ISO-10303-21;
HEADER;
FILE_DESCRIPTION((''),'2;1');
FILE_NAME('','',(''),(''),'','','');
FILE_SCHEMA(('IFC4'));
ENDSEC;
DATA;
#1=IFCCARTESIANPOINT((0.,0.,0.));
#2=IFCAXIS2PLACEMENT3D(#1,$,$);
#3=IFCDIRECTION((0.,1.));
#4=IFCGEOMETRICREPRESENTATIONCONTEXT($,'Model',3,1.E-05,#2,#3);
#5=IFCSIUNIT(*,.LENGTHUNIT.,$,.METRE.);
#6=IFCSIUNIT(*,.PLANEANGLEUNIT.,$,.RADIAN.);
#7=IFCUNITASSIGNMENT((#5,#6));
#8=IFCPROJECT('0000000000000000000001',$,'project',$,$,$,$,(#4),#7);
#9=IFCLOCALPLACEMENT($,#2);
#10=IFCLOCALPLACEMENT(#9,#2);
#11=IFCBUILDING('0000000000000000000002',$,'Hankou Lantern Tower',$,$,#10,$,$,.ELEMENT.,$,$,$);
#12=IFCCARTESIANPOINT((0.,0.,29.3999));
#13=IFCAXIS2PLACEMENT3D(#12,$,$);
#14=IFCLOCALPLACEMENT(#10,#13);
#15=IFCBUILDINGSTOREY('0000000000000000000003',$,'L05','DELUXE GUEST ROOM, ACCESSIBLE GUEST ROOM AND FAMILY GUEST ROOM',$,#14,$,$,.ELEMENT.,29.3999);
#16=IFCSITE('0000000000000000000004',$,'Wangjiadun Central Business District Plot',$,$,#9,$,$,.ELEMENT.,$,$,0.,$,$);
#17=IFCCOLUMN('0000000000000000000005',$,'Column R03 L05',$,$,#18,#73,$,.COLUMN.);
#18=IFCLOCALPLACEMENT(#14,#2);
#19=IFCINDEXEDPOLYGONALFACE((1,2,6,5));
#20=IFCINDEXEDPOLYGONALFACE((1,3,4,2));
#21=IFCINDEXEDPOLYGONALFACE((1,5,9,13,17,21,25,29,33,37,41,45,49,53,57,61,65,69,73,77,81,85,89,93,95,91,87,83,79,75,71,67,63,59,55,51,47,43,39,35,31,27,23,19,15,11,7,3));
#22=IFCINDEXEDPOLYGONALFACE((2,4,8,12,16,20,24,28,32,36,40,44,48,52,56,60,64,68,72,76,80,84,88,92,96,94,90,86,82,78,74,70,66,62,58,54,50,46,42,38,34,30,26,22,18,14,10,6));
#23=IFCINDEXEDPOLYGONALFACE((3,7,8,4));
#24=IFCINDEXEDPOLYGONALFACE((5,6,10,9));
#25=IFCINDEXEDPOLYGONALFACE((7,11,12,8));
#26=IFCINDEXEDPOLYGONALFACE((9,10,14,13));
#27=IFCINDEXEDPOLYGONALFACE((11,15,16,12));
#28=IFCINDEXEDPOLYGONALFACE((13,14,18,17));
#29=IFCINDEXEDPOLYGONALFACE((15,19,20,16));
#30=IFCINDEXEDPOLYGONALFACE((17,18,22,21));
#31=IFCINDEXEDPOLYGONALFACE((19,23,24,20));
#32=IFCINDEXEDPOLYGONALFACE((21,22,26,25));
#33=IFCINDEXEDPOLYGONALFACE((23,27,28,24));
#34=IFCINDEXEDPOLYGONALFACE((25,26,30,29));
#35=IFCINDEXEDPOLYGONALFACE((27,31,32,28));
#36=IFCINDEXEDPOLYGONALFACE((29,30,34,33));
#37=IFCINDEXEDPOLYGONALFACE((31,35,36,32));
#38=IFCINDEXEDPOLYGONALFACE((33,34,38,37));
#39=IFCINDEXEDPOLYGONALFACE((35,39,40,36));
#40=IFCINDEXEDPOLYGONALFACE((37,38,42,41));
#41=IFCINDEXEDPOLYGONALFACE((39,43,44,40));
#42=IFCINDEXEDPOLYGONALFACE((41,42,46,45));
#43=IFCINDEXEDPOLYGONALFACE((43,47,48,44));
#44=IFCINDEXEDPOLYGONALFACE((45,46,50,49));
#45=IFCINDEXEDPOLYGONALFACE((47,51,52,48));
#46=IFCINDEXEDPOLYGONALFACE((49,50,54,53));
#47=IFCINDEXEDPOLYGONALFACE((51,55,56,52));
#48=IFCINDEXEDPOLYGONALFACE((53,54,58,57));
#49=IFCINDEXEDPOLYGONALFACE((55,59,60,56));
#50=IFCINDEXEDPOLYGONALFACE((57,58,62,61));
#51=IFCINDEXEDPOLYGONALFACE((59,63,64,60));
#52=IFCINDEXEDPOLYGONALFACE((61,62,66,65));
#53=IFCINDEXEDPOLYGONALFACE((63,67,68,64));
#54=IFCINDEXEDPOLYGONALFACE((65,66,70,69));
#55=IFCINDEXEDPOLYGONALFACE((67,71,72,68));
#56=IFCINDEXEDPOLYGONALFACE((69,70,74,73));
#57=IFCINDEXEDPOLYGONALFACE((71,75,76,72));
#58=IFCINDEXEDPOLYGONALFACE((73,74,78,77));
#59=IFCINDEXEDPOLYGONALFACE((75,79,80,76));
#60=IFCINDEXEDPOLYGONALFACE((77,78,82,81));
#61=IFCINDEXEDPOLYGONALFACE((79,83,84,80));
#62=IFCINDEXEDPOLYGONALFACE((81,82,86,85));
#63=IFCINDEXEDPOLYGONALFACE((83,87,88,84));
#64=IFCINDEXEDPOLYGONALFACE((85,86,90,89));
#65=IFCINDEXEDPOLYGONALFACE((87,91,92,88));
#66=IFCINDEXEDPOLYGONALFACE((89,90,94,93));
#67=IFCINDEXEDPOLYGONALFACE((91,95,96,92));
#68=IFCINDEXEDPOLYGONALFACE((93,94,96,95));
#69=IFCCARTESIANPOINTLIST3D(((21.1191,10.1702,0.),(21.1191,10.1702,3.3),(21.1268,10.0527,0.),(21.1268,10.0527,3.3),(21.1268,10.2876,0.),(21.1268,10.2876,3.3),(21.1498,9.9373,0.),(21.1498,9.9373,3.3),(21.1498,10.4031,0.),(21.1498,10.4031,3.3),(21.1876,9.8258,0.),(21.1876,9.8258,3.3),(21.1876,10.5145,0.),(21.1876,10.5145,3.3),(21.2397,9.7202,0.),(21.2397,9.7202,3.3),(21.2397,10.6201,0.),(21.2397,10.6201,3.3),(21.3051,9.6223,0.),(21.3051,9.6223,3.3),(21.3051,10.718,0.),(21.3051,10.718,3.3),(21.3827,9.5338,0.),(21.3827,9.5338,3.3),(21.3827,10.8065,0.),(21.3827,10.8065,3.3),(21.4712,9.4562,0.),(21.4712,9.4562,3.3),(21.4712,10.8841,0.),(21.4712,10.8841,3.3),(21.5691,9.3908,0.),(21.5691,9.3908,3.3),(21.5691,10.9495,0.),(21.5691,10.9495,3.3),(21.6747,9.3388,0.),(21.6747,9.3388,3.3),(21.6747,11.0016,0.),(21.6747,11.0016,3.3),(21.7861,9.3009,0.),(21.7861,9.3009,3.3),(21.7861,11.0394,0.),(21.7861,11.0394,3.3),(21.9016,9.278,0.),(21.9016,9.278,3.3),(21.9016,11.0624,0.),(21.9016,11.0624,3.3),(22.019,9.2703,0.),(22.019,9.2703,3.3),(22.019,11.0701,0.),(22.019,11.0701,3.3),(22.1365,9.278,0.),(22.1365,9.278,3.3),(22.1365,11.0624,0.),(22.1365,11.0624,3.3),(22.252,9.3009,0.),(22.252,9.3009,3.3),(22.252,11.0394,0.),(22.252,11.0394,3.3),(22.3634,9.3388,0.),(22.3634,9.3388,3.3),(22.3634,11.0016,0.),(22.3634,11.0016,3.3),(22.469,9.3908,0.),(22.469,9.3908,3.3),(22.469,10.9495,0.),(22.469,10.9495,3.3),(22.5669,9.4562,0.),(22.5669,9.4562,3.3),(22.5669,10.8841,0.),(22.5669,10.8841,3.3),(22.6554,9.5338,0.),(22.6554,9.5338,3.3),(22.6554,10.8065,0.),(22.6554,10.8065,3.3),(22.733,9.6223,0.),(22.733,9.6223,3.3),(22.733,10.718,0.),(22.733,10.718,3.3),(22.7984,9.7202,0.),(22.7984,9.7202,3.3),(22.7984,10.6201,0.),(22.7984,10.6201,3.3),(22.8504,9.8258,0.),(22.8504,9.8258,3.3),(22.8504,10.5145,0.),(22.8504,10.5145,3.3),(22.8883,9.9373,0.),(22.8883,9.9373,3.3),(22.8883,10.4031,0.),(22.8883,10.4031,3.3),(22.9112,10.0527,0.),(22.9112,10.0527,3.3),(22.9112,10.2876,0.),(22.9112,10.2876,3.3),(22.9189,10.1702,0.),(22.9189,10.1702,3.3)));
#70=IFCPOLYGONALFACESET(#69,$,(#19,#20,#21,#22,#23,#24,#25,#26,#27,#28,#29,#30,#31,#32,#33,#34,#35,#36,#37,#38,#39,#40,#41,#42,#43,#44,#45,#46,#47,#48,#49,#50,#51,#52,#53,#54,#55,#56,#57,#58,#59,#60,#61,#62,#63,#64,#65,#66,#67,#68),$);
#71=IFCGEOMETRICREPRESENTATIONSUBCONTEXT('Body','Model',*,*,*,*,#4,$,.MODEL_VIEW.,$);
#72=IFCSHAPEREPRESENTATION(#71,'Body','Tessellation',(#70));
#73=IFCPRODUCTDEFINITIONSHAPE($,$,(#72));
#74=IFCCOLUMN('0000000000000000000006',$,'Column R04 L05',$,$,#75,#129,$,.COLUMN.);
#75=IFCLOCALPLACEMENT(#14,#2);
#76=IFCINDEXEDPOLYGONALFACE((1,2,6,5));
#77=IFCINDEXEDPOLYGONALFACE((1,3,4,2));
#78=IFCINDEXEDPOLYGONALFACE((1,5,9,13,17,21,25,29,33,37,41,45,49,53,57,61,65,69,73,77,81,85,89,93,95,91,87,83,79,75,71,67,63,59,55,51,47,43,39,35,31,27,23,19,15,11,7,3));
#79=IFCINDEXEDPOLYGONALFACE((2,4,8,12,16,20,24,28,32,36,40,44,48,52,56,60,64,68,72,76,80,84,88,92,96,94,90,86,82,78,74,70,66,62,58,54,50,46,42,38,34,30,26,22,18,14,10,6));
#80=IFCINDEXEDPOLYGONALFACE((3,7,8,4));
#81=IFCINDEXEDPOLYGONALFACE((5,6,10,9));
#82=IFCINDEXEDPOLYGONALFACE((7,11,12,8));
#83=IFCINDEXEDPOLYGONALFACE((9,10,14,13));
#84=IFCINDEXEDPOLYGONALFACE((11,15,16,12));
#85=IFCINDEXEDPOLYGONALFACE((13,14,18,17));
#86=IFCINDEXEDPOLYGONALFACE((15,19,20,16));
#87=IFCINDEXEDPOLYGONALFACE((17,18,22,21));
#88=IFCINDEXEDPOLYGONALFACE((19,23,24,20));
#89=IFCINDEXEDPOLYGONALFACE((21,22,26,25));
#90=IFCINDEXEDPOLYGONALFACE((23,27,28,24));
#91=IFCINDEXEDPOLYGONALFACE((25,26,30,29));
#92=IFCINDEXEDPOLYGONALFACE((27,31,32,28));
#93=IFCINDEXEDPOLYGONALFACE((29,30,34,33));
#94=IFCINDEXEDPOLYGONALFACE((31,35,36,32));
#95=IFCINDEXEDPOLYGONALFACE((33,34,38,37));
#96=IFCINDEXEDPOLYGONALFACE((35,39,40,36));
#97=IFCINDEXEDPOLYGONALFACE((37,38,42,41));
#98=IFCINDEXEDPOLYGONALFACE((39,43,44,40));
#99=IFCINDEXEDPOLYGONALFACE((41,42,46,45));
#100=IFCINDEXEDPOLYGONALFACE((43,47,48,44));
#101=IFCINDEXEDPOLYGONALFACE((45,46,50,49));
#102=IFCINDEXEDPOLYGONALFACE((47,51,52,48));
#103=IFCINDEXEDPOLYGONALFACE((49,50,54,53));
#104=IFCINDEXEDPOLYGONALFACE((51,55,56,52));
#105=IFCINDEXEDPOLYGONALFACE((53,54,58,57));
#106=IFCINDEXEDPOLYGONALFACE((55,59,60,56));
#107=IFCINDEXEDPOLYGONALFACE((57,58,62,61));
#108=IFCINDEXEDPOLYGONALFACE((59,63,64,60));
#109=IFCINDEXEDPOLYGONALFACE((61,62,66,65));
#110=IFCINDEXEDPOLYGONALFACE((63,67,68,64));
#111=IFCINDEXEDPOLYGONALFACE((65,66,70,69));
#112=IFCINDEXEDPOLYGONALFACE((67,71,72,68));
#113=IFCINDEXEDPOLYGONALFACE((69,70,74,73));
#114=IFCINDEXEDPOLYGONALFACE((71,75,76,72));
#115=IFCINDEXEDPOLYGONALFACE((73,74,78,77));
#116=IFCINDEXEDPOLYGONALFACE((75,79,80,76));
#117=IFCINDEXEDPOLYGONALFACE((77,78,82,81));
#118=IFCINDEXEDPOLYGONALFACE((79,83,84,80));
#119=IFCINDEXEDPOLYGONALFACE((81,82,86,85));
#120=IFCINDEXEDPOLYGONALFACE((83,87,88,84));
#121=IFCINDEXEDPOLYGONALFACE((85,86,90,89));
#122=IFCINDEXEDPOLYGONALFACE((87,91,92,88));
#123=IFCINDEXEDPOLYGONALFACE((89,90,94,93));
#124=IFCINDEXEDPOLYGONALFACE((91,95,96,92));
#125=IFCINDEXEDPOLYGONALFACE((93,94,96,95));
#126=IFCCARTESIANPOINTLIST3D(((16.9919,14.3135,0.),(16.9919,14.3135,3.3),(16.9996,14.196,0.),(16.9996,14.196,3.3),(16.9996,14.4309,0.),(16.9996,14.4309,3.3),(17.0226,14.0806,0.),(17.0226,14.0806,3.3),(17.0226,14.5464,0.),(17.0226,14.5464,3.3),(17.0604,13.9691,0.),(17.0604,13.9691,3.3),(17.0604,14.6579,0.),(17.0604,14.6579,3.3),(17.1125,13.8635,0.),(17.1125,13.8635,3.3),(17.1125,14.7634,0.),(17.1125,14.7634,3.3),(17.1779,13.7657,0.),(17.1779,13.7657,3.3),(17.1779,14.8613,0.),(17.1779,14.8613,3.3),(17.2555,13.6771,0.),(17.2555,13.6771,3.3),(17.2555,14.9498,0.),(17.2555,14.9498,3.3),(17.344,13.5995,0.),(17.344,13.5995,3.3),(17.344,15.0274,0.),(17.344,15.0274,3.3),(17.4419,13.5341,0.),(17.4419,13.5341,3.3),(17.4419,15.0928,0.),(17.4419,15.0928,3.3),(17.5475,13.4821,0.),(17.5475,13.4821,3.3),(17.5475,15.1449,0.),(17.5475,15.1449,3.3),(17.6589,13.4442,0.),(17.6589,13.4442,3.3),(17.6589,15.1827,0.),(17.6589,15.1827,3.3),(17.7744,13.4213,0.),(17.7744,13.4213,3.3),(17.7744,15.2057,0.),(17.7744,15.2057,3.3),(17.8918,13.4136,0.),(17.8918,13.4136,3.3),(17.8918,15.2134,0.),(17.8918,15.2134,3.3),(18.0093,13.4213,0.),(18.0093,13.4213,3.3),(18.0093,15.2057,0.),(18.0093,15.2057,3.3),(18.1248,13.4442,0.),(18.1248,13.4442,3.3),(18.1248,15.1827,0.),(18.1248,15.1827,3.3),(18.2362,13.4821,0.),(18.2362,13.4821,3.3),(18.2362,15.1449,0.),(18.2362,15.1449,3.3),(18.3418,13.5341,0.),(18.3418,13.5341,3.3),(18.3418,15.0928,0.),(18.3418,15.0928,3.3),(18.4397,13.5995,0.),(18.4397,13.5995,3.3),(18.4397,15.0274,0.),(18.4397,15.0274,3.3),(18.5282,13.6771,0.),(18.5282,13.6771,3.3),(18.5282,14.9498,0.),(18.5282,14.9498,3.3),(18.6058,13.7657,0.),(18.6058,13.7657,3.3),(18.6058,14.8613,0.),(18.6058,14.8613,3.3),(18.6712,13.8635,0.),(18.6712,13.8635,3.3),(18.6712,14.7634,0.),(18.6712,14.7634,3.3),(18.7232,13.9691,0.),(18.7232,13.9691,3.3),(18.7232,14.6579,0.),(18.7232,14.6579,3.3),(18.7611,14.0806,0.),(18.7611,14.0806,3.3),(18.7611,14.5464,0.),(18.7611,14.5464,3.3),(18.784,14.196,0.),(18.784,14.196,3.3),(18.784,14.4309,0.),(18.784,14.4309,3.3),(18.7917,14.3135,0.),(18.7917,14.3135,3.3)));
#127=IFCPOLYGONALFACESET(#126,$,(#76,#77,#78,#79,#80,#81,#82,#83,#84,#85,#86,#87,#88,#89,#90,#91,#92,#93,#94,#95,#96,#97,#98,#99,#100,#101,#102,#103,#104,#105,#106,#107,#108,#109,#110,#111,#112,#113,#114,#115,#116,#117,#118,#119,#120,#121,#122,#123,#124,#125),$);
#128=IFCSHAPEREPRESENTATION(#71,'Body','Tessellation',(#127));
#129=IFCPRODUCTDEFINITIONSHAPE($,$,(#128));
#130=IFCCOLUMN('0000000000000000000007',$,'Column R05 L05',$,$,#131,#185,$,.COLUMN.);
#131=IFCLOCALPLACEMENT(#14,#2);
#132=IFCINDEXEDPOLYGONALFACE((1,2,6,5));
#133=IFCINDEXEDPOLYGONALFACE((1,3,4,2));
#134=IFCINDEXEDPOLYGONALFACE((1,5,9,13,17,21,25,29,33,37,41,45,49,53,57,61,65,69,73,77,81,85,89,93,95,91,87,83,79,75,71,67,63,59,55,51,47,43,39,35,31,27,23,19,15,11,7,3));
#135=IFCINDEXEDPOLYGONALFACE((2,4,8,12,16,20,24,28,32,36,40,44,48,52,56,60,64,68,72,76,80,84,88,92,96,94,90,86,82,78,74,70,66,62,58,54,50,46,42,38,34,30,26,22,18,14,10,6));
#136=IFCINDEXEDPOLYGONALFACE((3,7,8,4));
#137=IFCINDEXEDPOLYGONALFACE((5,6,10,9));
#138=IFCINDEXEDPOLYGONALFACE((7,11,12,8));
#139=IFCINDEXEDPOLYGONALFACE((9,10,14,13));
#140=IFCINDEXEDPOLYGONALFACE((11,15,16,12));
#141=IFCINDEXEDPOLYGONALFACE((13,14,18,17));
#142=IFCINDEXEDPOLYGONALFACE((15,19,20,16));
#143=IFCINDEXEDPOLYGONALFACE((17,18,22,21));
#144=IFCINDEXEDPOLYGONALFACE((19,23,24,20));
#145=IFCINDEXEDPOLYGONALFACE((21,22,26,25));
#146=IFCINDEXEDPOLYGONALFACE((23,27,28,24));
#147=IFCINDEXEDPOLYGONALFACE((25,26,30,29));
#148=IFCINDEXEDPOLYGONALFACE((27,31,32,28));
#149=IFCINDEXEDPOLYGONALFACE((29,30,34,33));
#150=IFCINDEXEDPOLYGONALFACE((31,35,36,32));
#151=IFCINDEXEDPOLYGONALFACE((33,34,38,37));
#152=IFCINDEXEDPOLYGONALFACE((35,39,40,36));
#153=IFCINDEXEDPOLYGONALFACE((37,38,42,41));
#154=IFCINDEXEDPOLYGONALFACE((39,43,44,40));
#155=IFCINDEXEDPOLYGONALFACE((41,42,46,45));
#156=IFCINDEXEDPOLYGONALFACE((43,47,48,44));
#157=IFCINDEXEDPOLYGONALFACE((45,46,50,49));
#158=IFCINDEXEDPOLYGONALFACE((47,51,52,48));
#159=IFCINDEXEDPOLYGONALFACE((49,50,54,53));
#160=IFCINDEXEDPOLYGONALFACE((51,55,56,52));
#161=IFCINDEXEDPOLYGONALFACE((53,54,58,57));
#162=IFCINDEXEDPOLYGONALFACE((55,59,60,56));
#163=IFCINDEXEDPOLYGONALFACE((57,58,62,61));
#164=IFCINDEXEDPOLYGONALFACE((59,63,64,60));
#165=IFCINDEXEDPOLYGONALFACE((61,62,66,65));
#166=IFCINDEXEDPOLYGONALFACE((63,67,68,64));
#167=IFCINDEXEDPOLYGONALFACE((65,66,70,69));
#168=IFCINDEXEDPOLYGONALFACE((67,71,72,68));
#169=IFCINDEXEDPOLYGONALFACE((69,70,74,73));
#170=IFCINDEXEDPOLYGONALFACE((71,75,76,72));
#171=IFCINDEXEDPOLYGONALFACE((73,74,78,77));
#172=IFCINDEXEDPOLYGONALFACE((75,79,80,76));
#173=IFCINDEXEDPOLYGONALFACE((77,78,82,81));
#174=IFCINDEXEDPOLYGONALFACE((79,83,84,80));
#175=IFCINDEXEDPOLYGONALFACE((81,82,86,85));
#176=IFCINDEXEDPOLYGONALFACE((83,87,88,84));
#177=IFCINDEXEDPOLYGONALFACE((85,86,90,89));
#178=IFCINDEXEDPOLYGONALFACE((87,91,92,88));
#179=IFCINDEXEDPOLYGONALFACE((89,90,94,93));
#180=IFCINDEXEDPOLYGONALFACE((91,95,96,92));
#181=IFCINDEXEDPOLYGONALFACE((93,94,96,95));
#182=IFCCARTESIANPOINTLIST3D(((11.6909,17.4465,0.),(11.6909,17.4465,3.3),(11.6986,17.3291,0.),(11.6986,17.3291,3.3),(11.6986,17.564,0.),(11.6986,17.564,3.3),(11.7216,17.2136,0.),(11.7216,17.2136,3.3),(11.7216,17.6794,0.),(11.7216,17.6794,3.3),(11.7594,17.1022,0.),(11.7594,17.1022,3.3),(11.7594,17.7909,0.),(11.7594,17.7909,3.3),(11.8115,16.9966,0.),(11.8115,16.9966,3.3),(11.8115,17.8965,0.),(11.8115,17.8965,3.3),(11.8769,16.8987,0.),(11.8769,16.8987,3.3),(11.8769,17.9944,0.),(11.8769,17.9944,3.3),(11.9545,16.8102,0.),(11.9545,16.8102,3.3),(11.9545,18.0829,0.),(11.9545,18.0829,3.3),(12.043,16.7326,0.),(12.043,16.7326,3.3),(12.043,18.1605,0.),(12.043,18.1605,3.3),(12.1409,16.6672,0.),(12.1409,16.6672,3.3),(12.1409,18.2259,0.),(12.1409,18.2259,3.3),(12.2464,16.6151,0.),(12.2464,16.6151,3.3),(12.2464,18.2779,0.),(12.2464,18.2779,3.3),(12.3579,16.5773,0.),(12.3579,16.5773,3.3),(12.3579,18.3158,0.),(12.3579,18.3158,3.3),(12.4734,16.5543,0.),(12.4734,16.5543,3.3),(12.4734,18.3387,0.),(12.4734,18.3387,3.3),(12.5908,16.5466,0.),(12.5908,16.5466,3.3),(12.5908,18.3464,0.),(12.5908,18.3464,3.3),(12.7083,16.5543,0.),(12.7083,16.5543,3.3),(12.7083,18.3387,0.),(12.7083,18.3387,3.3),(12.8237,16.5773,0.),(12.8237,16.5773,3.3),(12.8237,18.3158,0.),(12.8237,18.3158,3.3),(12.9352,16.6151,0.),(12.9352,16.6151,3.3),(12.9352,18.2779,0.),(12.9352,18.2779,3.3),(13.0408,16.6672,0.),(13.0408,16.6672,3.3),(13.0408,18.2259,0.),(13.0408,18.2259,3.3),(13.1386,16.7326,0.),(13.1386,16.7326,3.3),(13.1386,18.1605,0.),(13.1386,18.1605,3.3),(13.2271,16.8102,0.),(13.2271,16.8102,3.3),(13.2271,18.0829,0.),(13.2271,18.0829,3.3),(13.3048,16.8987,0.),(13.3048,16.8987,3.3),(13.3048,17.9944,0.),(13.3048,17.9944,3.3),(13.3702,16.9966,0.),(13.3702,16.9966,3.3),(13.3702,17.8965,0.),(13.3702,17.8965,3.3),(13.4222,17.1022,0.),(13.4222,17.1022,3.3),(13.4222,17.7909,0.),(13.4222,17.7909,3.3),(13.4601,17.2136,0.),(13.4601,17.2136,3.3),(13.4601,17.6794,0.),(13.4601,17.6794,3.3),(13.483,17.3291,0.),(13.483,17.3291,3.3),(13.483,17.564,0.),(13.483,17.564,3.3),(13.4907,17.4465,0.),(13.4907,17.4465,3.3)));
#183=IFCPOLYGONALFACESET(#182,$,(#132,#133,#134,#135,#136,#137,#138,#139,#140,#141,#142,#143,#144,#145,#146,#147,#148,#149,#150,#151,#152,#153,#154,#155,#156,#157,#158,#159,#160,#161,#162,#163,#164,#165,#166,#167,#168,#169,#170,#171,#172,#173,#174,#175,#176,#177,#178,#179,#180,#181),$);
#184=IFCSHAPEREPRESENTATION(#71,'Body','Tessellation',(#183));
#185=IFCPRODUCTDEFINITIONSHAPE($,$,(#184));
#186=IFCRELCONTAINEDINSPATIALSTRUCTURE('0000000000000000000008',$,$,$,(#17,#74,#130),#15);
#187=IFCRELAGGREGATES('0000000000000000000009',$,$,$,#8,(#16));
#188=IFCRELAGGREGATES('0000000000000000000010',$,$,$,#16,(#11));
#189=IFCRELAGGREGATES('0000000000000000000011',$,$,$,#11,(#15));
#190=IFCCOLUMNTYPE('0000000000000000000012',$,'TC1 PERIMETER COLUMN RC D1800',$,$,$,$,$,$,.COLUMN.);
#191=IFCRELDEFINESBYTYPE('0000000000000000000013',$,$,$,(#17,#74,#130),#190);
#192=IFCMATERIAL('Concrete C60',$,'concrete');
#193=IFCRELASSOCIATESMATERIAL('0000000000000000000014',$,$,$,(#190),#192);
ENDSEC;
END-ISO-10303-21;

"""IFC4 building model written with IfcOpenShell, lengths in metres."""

from ifc_helpers import new_model, si_unit, direction, frame, origin, origin_2d, place, context, subcontext, project, spatial, circle, extrude, material, material_profile, profile_set, type_object, element, save


model = new_model("IFC4")

# Units and contexts
model_context = context("Model", 3, precision=1e-05, world=origin(), true_north=direction((0.0, 1.0)))
body_context = subcontext(model_context, "Body", "Model", "MODEL_VIEW")
ifc_project = project(units=[si_unit("LENGTHUNIT", "METRE"), si_unit("PLANEANGLEUNIT", "RADIAN")], contexts=[model_context])

# Site, building, storey
site_placement = place(None, origin())
site = spatial("IfcSite", under=ifc_project, at=site_placement, Name="Wangjiadun Central Business District Plot", CompositionType="ELEMENT", RefElevation=0.0)
building_placement = place(site_placement, origin())
building = spatial("IfcBuilding", under=site, at=building_placement, Name="Hankou Lantern Tower", CompositionType="ELEMENT")
storey_placement = place(building_placement, frame((0.0, 0.0, 29.3999)))
storey = spatial("IfcBuildingStorey", under=building, at=storey_placement, Name="L05", Description="DELUXE GUEST ROOM, ACCESSIBLE GUEST ROOM AND FAMILY GUEST ROOM", CompositionType="ELEMENT", Elevation=29.3999)

# Columns
ifc_material_1 = material(Name="Concrete C60", Category="concrete")
ifc_material_profile_1 = material_profile(ifc_material_1, circle(Radius=0.8999, at=origin_2d()), Name="RC D1800")
ifc_profile_set_1 = profile_set([ifc_material_profile_1], Name="Concrete C60")
column_type = type_object("IfcColumnType", Name="TC1 PERIMETER COLUMN RC D1800", PredefinedType="COLUMN", material=ifc_profile_set_1)
for number, where, z_axis, x_axis, name in (
    (1, (22.019, 10.1702, 0.0), (0.0, 0.0, 1.0), (1.0, 0.0, 0.0), "Column R03 L05"),
    (2, (17.8918, 14.3135, 0.0), (0.0, 0.0, 1.0), (1.0, 0.0, 0.0), "Column R04 L05"),
    (3, (12.5908, 17.4465, 0.0), (0.0, 0.0, 1.0), (1.0, 0.0, 0.0), "Column R05 L05"),
):
    element("IfcColumn", number, at=place(storey_placement, frame(where, z_axis=z_axis, x_axis=x_axis)), inside=storey, type_object=column_type, Name=name, PredefinedType="COLUMN", context=body_context, shape_type="SweptSolid", body=[
        extrude(circle(Radius=0.8999, at=origin_2d()), origin(), (0.0, 0.0, 1.0), 3.3),
    ])

save(model, "model.ifc")
